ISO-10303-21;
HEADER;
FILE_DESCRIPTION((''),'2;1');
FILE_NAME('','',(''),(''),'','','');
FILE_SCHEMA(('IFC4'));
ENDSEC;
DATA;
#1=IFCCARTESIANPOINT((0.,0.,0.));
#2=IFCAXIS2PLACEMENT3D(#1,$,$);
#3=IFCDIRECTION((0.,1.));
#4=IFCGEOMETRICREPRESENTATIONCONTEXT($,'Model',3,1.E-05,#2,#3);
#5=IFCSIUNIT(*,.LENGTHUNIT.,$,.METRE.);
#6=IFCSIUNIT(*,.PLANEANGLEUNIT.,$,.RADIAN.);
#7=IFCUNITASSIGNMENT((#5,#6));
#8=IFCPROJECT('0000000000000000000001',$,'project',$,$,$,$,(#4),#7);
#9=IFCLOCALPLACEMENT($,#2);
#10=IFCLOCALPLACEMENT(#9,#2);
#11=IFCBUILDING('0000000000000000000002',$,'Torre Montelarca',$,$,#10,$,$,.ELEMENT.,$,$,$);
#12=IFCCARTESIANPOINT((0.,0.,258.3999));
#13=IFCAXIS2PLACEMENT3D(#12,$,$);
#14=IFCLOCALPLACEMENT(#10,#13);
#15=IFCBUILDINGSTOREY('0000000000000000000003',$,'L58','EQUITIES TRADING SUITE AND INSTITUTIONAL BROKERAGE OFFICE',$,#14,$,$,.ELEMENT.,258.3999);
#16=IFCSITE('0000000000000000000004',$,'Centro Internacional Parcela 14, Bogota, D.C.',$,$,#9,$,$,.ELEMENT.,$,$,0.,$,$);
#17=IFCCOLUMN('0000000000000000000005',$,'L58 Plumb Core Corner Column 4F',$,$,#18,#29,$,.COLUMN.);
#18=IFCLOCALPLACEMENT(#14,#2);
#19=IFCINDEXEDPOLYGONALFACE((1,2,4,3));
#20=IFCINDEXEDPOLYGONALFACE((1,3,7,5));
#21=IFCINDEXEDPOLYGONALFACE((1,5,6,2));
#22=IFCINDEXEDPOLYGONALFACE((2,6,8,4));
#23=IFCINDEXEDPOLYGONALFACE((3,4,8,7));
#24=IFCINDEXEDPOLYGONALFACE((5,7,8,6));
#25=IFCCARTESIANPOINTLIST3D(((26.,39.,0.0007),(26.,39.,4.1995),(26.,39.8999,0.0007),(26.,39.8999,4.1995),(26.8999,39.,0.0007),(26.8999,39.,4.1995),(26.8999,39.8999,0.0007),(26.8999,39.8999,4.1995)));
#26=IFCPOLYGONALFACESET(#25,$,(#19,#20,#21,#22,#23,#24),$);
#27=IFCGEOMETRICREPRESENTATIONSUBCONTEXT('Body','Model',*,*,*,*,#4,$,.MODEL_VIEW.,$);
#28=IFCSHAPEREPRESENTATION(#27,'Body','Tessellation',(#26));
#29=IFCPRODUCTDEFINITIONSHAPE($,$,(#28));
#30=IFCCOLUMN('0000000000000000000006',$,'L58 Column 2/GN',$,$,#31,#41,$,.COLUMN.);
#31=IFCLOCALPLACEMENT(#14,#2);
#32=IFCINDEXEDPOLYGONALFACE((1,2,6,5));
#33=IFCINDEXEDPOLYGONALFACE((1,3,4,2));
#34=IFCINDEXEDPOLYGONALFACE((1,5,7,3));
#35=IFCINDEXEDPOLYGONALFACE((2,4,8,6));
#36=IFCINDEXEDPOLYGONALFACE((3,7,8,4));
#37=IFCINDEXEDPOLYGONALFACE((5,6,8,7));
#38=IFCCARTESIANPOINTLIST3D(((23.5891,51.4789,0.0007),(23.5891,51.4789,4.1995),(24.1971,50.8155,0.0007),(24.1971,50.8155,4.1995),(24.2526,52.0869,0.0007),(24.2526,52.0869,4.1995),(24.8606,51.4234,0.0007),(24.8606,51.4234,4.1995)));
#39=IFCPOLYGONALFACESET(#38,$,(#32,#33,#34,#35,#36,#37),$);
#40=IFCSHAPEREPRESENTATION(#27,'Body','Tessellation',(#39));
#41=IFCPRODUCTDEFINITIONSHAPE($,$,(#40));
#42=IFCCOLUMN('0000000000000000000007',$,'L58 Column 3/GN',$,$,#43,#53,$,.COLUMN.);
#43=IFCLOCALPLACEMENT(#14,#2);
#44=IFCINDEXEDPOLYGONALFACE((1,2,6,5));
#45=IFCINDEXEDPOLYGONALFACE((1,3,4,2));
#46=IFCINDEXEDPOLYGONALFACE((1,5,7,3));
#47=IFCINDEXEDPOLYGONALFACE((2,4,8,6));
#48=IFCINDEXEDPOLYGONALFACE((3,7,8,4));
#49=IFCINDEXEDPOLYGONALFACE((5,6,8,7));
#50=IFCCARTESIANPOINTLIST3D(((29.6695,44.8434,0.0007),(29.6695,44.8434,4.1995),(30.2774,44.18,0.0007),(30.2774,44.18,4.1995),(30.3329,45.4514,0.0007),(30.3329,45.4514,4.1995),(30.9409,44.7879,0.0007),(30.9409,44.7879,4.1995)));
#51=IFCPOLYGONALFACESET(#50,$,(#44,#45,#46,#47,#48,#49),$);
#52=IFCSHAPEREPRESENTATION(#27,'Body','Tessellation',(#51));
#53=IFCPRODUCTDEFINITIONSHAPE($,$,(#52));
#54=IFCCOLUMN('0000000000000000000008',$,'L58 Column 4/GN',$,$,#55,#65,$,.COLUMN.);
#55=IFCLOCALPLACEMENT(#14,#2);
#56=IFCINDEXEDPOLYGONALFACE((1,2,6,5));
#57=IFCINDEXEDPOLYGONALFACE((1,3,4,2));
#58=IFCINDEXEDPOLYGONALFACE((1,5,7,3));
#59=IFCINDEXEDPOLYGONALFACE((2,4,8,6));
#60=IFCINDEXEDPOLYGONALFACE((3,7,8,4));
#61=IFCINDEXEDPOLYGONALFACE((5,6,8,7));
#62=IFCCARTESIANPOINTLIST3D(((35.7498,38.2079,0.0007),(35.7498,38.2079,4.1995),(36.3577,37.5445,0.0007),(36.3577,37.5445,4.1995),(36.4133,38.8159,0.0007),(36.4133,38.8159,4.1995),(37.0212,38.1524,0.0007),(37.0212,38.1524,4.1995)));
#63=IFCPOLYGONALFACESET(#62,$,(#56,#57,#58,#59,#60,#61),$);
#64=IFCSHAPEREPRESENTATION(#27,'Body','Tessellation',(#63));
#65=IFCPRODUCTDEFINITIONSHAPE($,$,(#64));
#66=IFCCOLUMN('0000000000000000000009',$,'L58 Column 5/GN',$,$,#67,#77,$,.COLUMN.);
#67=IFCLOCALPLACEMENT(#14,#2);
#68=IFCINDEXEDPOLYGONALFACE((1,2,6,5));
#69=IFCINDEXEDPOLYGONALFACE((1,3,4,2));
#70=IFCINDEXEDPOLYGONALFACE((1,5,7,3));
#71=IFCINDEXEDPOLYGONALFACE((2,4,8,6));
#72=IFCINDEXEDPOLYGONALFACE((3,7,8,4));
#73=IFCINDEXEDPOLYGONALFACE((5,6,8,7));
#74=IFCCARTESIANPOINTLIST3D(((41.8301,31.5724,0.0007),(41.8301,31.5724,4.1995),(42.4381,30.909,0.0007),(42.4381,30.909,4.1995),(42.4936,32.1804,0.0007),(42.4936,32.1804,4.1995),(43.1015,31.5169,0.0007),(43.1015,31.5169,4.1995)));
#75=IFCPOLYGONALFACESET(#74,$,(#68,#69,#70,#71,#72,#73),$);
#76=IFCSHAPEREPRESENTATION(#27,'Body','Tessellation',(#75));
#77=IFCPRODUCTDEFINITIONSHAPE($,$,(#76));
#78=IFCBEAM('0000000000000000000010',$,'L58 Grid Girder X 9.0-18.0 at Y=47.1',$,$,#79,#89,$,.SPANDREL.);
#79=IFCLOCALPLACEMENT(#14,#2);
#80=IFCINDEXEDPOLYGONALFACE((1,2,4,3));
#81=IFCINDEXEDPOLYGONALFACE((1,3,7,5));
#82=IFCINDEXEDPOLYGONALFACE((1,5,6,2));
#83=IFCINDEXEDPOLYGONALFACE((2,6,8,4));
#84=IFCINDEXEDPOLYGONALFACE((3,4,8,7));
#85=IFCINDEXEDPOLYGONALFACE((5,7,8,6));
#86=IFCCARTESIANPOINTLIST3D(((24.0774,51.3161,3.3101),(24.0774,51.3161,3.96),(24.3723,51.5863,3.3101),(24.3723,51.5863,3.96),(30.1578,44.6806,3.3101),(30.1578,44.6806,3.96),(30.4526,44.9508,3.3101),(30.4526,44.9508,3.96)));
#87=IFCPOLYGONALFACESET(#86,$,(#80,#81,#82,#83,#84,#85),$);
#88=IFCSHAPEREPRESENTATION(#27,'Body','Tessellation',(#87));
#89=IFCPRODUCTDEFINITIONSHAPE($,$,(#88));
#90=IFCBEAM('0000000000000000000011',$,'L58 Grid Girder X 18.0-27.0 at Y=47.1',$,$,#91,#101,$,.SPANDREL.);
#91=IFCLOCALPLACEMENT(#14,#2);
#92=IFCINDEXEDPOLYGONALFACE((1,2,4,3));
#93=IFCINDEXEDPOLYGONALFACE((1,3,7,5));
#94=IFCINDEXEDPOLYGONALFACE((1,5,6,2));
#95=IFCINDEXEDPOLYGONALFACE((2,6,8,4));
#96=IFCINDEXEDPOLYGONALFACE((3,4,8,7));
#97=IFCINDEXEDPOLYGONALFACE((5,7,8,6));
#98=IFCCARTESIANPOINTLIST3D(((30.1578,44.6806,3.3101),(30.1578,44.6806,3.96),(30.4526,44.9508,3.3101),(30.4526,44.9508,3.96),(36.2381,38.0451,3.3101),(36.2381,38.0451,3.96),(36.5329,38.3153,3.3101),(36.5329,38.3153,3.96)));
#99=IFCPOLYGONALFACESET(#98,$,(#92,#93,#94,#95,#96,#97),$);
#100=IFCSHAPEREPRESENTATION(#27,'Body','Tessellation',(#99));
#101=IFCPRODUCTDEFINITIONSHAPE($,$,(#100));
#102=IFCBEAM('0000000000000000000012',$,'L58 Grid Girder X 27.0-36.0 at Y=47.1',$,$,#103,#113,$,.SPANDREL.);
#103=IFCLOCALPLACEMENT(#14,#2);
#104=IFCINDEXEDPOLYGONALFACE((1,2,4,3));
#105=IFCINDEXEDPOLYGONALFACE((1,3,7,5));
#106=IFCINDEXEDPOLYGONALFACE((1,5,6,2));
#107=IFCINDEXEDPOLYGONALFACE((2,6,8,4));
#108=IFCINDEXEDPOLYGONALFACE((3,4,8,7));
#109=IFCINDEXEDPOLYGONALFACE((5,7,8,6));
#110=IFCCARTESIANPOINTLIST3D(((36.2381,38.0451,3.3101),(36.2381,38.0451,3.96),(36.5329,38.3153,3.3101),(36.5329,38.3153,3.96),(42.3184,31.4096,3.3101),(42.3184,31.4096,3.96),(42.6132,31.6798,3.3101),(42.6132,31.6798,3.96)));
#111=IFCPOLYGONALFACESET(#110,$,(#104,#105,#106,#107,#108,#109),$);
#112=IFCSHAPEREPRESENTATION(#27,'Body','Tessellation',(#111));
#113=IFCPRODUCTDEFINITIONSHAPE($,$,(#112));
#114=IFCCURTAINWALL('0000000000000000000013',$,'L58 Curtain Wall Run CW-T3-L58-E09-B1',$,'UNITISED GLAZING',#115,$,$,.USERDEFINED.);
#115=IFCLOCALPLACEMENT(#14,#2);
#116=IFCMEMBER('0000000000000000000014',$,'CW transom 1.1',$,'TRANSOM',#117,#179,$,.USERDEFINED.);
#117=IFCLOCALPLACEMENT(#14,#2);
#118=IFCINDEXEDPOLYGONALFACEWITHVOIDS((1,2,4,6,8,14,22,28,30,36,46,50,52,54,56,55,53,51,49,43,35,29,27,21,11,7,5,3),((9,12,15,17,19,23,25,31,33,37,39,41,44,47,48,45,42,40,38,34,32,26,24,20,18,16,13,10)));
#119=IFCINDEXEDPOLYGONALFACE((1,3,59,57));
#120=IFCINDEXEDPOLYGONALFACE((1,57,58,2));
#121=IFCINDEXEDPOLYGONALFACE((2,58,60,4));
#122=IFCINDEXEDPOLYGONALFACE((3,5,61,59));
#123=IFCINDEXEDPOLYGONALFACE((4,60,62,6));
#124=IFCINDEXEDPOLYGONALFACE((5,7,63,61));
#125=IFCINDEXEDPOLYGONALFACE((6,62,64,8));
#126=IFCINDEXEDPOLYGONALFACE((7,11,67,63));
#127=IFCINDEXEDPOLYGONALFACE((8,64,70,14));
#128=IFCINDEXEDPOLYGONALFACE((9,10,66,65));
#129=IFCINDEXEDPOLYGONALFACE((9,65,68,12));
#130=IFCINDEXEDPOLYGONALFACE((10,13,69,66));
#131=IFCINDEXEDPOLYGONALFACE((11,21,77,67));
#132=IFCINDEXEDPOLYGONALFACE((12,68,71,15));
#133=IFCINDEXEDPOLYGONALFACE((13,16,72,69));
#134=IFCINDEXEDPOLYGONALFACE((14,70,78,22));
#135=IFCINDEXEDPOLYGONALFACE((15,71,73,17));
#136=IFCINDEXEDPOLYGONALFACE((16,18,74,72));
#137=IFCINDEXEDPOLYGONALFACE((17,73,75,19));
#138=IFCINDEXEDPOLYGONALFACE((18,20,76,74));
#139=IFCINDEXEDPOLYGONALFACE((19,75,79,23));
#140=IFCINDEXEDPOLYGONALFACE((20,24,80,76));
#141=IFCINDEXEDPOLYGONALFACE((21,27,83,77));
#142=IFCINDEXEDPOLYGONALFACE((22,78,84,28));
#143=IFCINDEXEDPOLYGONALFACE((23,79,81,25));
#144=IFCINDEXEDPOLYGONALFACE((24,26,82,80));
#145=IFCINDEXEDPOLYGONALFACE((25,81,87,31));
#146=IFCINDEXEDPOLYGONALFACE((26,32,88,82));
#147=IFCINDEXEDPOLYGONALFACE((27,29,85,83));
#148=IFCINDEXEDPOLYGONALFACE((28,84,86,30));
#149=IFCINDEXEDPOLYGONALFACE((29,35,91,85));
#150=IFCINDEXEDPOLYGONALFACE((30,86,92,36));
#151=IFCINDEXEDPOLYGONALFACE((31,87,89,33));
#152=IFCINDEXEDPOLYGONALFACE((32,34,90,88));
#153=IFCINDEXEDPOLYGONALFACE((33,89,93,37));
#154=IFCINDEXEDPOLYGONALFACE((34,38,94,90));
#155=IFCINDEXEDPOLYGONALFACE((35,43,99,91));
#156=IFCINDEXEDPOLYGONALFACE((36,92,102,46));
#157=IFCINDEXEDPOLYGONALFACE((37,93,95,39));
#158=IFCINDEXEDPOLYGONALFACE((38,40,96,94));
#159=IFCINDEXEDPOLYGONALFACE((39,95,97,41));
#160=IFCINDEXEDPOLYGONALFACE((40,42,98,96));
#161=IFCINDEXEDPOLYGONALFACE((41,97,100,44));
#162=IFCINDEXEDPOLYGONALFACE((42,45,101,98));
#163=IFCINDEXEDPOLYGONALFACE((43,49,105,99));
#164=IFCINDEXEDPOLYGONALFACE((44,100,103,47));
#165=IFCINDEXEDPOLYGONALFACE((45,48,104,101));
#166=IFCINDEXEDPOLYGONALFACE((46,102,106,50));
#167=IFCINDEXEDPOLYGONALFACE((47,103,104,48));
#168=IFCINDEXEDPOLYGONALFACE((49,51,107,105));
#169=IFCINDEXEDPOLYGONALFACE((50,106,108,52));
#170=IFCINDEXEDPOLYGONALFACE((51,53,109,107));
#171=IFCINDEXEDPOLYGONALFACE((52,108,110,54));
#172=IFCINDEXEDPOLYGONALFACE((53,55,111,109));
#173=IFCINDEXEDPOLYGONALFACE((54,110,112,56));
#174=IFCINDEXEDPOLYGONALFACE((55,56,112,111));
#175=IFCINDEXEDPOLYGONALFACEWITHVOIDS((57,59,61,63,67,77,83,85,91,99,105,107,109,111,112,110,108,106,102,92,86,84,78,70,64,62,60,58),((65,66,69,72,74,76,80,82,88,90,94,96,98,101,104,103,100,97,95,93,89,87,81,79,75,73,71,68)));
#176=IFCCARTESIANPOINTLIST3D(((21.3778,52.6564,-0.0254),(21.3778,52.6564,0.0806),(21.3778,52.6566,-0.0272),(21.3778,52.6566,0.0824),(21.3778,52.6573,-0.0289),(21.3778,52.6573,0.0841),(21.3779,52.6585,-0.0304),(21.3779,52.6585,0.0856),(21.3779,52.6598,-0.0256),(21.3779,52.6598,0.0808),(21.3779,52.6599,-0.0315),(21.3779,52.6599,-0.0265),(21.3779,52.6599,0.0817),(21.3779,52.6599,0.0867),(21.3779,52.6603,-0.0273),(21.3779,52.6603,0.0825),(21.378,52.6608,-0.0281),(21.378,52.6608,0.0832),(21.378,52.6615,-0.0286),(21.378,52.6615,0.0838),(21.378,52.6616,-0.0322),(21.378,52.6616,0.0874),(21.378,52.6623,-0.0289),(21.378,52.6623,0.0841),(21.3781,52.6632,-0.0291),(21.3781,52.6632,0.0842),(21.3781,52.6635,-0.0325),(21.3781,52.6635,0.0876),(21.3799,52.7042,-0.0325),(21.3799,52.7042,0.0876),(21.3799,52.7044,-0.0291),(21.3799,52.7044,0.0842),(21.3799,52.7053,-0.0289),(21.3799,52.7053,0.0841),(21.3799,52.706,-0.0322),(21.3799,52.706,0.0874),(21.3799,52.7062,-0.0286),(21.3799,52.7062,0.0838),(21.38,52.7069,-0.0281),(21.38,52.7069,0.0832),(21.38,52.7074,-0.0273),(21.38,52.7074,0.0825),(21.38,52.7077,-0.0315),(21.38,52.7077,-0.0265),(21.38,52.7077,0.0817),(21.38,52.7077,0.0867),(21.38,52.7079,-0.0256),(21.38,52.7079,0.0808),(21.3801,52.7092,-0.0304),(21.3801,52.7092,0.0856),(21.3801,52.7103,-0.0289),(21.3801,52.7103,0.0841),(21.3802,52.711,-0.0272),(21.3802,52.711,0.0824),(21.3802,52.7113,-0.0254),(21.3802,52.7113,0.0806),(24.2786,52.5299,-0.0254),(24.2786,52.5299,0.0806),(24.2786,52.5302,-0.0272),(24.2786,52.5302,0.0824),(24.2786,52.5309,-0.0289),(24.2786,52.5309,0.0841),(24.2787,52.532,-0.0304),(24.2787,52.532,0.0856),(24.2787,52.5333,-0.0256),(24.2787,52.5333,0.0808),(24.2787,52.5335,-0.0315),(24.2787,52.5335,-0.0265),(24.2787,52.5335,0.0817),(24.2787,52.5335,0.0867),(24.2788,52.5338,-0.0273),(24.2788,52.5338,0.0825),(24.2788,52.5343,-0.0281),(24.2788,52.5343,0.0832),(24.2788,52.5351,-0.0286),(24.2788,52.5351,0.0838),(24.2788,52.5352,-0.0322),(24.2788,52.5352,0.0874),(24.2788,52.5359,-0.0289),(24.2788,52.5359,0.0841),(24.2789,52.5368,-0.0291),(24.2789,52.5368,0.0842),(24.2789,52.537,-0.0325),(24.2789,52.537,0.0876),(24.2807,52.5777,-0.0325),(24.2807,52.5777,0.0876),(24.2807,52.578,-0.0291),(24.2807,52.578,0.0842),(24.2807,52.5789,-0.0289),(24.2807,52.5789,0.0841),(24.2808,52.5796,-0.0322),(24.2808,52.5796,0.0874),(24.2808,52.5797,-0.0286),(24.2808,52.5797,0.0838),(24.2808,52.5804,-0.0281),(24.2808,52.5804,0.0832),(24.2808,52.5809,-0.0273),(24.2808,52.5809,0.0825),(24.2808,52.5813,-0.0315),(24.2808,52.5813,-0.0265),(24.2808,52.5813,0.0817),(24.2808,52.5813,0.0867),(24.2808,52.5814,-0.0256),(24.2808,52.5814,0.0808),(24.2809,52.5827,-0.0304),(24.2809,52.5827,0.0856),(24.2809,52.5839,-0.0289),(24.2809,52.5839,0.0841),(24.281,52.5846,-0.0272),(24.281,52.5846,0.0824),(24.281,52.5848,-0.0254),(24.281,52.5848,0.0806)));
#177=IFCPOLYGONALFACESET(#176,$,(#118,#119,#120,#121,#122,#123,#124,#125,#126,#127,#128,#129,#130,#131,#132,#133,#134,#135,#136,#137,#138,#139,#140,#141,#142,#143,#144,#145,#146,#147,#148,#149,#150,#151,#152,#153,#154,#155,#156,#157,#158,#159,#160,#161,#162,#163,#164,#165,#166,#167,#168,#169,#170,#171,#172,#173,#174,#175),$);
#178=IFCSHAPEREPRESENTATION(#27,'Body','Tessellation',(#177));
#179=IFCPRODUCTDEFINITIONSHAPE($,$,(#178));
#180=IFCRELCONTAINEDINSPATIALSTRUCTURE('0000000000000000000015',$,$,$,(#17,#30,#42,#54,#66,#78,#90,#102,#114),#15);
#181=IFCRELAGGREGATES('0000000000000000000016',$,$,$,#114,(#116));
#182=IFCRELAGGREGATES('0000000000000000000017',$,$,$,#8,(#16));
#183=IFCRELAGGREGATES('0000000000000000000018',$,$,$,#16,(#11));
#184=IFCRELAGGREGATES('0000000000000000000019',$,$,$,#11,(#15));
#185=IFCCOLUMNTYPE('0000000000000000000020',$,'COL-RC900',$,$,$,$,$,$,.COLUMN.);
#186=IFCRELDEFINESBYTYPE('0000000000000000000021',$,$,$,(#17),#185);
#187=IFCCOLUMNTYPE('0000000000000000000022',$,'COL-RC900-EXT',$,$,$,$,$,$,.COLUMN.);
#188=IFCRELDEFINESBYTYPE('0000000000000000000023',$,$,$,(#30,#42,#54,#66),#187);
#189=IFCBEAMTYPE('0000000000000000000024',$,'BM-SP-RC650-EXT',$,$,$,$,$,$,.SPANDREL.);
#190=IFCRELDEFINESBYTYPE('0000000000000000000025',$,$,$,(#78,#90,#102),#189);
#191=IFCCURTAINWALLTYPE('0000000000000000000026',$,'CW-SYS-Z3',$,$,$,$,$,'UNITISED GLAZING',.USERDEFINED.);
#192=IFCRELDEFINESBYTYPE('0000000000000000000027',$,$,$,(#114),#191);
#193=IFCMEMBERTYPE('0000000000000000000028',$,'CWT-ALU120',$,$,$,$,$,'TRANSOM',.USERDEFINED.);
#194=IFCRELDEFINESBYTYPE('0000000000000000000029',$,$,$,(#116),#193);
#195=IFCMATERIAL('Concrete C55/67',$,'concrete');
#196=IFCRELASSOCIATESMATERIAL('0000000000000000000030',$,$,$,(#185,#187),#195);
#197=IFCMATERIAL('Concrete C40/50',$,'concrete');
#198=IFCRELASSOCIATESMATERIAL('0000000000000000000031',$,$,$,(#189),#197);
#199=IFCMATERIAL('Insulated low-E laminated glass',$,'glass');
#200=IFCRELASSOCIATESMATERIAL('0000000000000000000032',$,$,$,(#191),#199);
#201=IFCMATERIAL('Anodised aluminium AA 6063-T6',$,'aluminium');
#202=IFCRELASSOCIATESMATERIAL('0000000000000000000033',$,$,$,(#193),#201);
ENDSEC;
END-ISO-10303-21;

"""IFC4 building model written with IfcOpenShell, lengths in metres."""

from ifc_helpers import new_model, si_unit, direction, frame, origin, origin_2d, place, context, subcontext, project, spatial, rectangle, hollow_rectangle, extrude, source, transform, mapped, material, material_profile, profile_set, type_object, element, aggregate, save


model = new_model("IFC4")

# Units and contexts
model_context = context("Model", 3, precision=1e-05, world=origin(), true_north=direction((0.0, 1.0)))
body_context = subcontext(model_context, "Body", "Model", "MODEL_VIEW")
ifc_project = project(units=[si_unit("LENGTHUNIT", "METRE"), si_unit("PLANEANGLEUNIT", "RADIAN")], contexts=[model_context])

# Site, building, storey
site_placement = place(None, origin())
site = spatial("IfcSite", under=ifc_project, at=site_placement, Name="Centro Internacional Parcela 14, Bogota, D.C.", CompositionType="ELEMENT", RefElevation=0.0)
building_placement = place(site_placement, origin())
building = spatial("IfcBuilding", under=site, at=building_placement, Name="Torre Montelarca", CompositionType="ELEMENT")
storey_placement = place(building_placement, frame((0.0, 0.0, 258.3999)))
storey = spatial("IfcBuildingStorey", under=building, at=storey_placement, Name="L58", Description="EQUITIES TRADING SUITE AND INSTITUTIONAL BROKERAGE OFFICE", CompositionType="ELEMENT", Elevation=258.3999)

# Columns
ifc_material_1 = material(Name="Concrete C55/67", Category="concrete")
ifc_material_profile_1 = material_profile(ifc_material_1, rectangle(XDim=0.8999, YDim=0.8999, at=origin_2d()), Name="RC900X900", Category="concrete")
ifc_profile_set_1 = profile_set([ifc_material_profile_1], Name="Concrete C55/67")
column_type_1 = type_object("IfcColumnType", Name="COL-RC900", PredefinedType="COLUMN", material=ifc_profile_set_1)
shared_shape_1 = source(origin(), body_context, "Body", "SweptSolid", [
    extrude(rectangle(XDim=0.8999, YDim=0.8999, at=origin_2d()), origin(), (0.0, 0.0, 1.0), 4.1987),
])
column_placement = place(storey_placement, frame((26.45, 39.45, 0.0007), z_axis=(0.0, 0.0, 1.0), x_axis=(1.0, 0.0, 0.0)))
element("IfcColumn", 1, at=column_placement, inside=storey, type_object=column_type_1, Name="L58 Plumb Core Corner Column 4F", PredefinedType="COLUMN", context=body_context, shape_type="MappedRepresentation", body=[
    mapped(shared_shape_1, transform((0.0, 0.0, 0.0), scale=1.0)),
])
ifc_material_profile_2 = material_profile(ifc_material_1, rectangle(XDim=0.8999, YDim=0.8999, at=origin_2d()), Name="RC900X900", Category="concrete")
ifc_profile_set_2 = profile_set([ifc_material_profile_2], Name="Concrete C55/67")
column_type_2 = type_object("IfcColumnType", Name="COL-RC900-EXT", PredefinedType="COLUMN", material=ifc_profile_set_2)
shared_shape_2 = source(origin(), body_context, "Body", "SweptSolid", [
    extrude(rectangle(XDim=0.8999, YDim=0.8999, at=origin_2d()), origin(), (0.0, 0.0, 1.0), 4.1987),
])
for number, where, z_axis, x_axis, name in (
    (2, (24.2249, 51.4512, 0.0007), (0.0, 0.0, 1.0), (-0.67559, 0.737277, 0.0), "L58 Column 2/GN"),
    (3, (30.3052, 44.8157, 0.0007), (0.0, 0.0, 1.0), (-0.67559, 0.737277, 0.0), "L58 Column 3/GN"),
    (4, (36.3855, 38.1802, 0.0007), (0.0, 0.0, 1.0), (-0.67559, 0.737277, 0.0), "L58 Column 4/GN"),
    (5, (42.4658, 31.5447, 0.0007), (0.0, 0.0, 1.0), (-0.67559, 0.737277, 0.0), "L58 Column 5/GN"),
):
    element("IfcColumn", number, at=place(storey_placement, frame(where, z_axis=z_axis, x_axis=x_axis)), inside=storey, type_object=column_type_2, Name=name, PredefinedType="COLUMN", context=body_context, shape_type="MappedRepresentation", body=[
        mapped(shared_shape_2, transform((0.0, 0.0, 0.0), scale=1.0)),
    ])

# Beams
ifc_material_2 = material(Name="Concrete C40/50", Category="concrete")
ifc_material_profile_3 = material_profile(ifc_material_2, rectangle(XDim=0.3999, YDim=0.6499, at=origin_2d()), Name="RCB400X650", Category="concrete")
ifc_profile_set_3 = profile_set([ifc_material_profile_3], Name="Concrete C40/50")
beam_type = type_object("IfcBeamType", Name="BM-SP-RC650-EXT", PredefinedType="SPANDREL", material=ifc_profile_set_3)
shared_shape_3 = source(origin(), body_context, "Body", "SweptSolid", [
    extrude(rectangle(XDim=0.3999, YDim=0.6499, at=origin_2d()), origin(), (0.0, 0.0, 1.0), 9.0),
])
for number, where, z_axis, x_axis, name in (
    (6, (24.2249, 51.4512, 3.635), (0.675591, -0.737277, 0.0), (0.737277, 0.675591, 0.0), "L58 Grid Girder X 9.0-18.0 at Y=47.1"),
    (7, (30.3052, 44.8157, 3.635), (0.675591, -0.737277, 0.0), (0.737277, 0.675591, 0.0), "L58 Grid Girder X 18.0-27.0 at Y=47.1"),
    (8, (36.3855, 38.1802, 3.635), (0.675591, -0.737277, 0.0), (0.737277, 0.675591, 0.0), "L58 Grid Girder X 27.0-36.0 at Y=47.1"),
):
    element("IfcBeam", number, at=place(storey_placement, frame(where, z_axis=z_axis, x_axis=x_axis)), inside=storey, type_object=beam_type, Name=name, PredefinedType="SPANDREL", context=body_context, shape_type="MappedRepresentation", body=[
        mapped(shared_shape_3, transform((0.0, 0.0, 0.0), scale=1.0)),
    ])

# Curtain wall, member
ifc_material_3 = material(Name="Insulated low-E laminated glass", Category="glass")
curtain_wall_type = type_object("IfcCurtainWallType", Name="CW-SYS-Z3", ElementType="UNITISED GLAZING", PredefinedType="USERDEFINED", material=ifc_material_3)
curtain_wall_1_placement = place(storey_placement, origin())
curtain_wall_1 = element("IfcCurtainWall", 9, at=curtain_wall_1_placement, inside=storey, type_object=curtain_wall_type, Name="L58 Curtain Wall Run CW-T3-L58-E09-B1", ObjectType="UNITISED GLAZING", PredefinedType="USERDEFINED")
ifc_material_4 = material(Name="Anodised aluminium AA 6063-T6", Category="aluminium")
ifc_material_profile_4 = material_profile(ifc_material_4, hollow_rectangle(XDim=0.0549, YDim=0.1201, WallThickness=0.0034, InnerFilletRadius=0.0034, OuterFilletRadius=0.0071, at=origin_2d()), Name="ALU55X120X3.5", Category="aluminium")
ifc_profile_set_4 = profile_set([ifc_material_profile_4], Name="Anodised aluminium AA 6063-T6")
member_type_1 = type_object("IfcMemberType", Name="CWT-ALU120", ElementType="TRANSOM", PredefinedType="USERDEFINED", material=ifc_profile_set_4)
shared_shape_4 = source(origin(), body_context, "Body", "SweptSolid", [
    extrude(hollow_rectangle(XDim=0.0549, YDim=0.1201, WallThickness=0.0034, InnerFilletRadius=0.0034, OuterFilletRadius=0.0071, at=origin_2d()), origin(), (0.0, 0.0, 1.0), 2.9036),
])
member_1_placement = place(storey_placement, frame((24.2798, 52.5574, 0.0276), z_axis=(-0.999051, 0.043554, 0.0), x_axis=(-0.043554, -0.999051, 0.0)))
member_1 = element("IfcMember", 10, at=member_1_placement, type_object=member_type_1, Name="CW transom 1.1", ObjectType="TRANSOM", PredefinedType="USERDEFINED", context=body_context, shape_type="MappedRepresentation", body=[
    mapped(shared_shape_4, transform((0.0, 0.0, 0.0), scale=1.0)),
])

aggregate(curtain_wall_1, [member_1])

save(model, "model.ifc")
